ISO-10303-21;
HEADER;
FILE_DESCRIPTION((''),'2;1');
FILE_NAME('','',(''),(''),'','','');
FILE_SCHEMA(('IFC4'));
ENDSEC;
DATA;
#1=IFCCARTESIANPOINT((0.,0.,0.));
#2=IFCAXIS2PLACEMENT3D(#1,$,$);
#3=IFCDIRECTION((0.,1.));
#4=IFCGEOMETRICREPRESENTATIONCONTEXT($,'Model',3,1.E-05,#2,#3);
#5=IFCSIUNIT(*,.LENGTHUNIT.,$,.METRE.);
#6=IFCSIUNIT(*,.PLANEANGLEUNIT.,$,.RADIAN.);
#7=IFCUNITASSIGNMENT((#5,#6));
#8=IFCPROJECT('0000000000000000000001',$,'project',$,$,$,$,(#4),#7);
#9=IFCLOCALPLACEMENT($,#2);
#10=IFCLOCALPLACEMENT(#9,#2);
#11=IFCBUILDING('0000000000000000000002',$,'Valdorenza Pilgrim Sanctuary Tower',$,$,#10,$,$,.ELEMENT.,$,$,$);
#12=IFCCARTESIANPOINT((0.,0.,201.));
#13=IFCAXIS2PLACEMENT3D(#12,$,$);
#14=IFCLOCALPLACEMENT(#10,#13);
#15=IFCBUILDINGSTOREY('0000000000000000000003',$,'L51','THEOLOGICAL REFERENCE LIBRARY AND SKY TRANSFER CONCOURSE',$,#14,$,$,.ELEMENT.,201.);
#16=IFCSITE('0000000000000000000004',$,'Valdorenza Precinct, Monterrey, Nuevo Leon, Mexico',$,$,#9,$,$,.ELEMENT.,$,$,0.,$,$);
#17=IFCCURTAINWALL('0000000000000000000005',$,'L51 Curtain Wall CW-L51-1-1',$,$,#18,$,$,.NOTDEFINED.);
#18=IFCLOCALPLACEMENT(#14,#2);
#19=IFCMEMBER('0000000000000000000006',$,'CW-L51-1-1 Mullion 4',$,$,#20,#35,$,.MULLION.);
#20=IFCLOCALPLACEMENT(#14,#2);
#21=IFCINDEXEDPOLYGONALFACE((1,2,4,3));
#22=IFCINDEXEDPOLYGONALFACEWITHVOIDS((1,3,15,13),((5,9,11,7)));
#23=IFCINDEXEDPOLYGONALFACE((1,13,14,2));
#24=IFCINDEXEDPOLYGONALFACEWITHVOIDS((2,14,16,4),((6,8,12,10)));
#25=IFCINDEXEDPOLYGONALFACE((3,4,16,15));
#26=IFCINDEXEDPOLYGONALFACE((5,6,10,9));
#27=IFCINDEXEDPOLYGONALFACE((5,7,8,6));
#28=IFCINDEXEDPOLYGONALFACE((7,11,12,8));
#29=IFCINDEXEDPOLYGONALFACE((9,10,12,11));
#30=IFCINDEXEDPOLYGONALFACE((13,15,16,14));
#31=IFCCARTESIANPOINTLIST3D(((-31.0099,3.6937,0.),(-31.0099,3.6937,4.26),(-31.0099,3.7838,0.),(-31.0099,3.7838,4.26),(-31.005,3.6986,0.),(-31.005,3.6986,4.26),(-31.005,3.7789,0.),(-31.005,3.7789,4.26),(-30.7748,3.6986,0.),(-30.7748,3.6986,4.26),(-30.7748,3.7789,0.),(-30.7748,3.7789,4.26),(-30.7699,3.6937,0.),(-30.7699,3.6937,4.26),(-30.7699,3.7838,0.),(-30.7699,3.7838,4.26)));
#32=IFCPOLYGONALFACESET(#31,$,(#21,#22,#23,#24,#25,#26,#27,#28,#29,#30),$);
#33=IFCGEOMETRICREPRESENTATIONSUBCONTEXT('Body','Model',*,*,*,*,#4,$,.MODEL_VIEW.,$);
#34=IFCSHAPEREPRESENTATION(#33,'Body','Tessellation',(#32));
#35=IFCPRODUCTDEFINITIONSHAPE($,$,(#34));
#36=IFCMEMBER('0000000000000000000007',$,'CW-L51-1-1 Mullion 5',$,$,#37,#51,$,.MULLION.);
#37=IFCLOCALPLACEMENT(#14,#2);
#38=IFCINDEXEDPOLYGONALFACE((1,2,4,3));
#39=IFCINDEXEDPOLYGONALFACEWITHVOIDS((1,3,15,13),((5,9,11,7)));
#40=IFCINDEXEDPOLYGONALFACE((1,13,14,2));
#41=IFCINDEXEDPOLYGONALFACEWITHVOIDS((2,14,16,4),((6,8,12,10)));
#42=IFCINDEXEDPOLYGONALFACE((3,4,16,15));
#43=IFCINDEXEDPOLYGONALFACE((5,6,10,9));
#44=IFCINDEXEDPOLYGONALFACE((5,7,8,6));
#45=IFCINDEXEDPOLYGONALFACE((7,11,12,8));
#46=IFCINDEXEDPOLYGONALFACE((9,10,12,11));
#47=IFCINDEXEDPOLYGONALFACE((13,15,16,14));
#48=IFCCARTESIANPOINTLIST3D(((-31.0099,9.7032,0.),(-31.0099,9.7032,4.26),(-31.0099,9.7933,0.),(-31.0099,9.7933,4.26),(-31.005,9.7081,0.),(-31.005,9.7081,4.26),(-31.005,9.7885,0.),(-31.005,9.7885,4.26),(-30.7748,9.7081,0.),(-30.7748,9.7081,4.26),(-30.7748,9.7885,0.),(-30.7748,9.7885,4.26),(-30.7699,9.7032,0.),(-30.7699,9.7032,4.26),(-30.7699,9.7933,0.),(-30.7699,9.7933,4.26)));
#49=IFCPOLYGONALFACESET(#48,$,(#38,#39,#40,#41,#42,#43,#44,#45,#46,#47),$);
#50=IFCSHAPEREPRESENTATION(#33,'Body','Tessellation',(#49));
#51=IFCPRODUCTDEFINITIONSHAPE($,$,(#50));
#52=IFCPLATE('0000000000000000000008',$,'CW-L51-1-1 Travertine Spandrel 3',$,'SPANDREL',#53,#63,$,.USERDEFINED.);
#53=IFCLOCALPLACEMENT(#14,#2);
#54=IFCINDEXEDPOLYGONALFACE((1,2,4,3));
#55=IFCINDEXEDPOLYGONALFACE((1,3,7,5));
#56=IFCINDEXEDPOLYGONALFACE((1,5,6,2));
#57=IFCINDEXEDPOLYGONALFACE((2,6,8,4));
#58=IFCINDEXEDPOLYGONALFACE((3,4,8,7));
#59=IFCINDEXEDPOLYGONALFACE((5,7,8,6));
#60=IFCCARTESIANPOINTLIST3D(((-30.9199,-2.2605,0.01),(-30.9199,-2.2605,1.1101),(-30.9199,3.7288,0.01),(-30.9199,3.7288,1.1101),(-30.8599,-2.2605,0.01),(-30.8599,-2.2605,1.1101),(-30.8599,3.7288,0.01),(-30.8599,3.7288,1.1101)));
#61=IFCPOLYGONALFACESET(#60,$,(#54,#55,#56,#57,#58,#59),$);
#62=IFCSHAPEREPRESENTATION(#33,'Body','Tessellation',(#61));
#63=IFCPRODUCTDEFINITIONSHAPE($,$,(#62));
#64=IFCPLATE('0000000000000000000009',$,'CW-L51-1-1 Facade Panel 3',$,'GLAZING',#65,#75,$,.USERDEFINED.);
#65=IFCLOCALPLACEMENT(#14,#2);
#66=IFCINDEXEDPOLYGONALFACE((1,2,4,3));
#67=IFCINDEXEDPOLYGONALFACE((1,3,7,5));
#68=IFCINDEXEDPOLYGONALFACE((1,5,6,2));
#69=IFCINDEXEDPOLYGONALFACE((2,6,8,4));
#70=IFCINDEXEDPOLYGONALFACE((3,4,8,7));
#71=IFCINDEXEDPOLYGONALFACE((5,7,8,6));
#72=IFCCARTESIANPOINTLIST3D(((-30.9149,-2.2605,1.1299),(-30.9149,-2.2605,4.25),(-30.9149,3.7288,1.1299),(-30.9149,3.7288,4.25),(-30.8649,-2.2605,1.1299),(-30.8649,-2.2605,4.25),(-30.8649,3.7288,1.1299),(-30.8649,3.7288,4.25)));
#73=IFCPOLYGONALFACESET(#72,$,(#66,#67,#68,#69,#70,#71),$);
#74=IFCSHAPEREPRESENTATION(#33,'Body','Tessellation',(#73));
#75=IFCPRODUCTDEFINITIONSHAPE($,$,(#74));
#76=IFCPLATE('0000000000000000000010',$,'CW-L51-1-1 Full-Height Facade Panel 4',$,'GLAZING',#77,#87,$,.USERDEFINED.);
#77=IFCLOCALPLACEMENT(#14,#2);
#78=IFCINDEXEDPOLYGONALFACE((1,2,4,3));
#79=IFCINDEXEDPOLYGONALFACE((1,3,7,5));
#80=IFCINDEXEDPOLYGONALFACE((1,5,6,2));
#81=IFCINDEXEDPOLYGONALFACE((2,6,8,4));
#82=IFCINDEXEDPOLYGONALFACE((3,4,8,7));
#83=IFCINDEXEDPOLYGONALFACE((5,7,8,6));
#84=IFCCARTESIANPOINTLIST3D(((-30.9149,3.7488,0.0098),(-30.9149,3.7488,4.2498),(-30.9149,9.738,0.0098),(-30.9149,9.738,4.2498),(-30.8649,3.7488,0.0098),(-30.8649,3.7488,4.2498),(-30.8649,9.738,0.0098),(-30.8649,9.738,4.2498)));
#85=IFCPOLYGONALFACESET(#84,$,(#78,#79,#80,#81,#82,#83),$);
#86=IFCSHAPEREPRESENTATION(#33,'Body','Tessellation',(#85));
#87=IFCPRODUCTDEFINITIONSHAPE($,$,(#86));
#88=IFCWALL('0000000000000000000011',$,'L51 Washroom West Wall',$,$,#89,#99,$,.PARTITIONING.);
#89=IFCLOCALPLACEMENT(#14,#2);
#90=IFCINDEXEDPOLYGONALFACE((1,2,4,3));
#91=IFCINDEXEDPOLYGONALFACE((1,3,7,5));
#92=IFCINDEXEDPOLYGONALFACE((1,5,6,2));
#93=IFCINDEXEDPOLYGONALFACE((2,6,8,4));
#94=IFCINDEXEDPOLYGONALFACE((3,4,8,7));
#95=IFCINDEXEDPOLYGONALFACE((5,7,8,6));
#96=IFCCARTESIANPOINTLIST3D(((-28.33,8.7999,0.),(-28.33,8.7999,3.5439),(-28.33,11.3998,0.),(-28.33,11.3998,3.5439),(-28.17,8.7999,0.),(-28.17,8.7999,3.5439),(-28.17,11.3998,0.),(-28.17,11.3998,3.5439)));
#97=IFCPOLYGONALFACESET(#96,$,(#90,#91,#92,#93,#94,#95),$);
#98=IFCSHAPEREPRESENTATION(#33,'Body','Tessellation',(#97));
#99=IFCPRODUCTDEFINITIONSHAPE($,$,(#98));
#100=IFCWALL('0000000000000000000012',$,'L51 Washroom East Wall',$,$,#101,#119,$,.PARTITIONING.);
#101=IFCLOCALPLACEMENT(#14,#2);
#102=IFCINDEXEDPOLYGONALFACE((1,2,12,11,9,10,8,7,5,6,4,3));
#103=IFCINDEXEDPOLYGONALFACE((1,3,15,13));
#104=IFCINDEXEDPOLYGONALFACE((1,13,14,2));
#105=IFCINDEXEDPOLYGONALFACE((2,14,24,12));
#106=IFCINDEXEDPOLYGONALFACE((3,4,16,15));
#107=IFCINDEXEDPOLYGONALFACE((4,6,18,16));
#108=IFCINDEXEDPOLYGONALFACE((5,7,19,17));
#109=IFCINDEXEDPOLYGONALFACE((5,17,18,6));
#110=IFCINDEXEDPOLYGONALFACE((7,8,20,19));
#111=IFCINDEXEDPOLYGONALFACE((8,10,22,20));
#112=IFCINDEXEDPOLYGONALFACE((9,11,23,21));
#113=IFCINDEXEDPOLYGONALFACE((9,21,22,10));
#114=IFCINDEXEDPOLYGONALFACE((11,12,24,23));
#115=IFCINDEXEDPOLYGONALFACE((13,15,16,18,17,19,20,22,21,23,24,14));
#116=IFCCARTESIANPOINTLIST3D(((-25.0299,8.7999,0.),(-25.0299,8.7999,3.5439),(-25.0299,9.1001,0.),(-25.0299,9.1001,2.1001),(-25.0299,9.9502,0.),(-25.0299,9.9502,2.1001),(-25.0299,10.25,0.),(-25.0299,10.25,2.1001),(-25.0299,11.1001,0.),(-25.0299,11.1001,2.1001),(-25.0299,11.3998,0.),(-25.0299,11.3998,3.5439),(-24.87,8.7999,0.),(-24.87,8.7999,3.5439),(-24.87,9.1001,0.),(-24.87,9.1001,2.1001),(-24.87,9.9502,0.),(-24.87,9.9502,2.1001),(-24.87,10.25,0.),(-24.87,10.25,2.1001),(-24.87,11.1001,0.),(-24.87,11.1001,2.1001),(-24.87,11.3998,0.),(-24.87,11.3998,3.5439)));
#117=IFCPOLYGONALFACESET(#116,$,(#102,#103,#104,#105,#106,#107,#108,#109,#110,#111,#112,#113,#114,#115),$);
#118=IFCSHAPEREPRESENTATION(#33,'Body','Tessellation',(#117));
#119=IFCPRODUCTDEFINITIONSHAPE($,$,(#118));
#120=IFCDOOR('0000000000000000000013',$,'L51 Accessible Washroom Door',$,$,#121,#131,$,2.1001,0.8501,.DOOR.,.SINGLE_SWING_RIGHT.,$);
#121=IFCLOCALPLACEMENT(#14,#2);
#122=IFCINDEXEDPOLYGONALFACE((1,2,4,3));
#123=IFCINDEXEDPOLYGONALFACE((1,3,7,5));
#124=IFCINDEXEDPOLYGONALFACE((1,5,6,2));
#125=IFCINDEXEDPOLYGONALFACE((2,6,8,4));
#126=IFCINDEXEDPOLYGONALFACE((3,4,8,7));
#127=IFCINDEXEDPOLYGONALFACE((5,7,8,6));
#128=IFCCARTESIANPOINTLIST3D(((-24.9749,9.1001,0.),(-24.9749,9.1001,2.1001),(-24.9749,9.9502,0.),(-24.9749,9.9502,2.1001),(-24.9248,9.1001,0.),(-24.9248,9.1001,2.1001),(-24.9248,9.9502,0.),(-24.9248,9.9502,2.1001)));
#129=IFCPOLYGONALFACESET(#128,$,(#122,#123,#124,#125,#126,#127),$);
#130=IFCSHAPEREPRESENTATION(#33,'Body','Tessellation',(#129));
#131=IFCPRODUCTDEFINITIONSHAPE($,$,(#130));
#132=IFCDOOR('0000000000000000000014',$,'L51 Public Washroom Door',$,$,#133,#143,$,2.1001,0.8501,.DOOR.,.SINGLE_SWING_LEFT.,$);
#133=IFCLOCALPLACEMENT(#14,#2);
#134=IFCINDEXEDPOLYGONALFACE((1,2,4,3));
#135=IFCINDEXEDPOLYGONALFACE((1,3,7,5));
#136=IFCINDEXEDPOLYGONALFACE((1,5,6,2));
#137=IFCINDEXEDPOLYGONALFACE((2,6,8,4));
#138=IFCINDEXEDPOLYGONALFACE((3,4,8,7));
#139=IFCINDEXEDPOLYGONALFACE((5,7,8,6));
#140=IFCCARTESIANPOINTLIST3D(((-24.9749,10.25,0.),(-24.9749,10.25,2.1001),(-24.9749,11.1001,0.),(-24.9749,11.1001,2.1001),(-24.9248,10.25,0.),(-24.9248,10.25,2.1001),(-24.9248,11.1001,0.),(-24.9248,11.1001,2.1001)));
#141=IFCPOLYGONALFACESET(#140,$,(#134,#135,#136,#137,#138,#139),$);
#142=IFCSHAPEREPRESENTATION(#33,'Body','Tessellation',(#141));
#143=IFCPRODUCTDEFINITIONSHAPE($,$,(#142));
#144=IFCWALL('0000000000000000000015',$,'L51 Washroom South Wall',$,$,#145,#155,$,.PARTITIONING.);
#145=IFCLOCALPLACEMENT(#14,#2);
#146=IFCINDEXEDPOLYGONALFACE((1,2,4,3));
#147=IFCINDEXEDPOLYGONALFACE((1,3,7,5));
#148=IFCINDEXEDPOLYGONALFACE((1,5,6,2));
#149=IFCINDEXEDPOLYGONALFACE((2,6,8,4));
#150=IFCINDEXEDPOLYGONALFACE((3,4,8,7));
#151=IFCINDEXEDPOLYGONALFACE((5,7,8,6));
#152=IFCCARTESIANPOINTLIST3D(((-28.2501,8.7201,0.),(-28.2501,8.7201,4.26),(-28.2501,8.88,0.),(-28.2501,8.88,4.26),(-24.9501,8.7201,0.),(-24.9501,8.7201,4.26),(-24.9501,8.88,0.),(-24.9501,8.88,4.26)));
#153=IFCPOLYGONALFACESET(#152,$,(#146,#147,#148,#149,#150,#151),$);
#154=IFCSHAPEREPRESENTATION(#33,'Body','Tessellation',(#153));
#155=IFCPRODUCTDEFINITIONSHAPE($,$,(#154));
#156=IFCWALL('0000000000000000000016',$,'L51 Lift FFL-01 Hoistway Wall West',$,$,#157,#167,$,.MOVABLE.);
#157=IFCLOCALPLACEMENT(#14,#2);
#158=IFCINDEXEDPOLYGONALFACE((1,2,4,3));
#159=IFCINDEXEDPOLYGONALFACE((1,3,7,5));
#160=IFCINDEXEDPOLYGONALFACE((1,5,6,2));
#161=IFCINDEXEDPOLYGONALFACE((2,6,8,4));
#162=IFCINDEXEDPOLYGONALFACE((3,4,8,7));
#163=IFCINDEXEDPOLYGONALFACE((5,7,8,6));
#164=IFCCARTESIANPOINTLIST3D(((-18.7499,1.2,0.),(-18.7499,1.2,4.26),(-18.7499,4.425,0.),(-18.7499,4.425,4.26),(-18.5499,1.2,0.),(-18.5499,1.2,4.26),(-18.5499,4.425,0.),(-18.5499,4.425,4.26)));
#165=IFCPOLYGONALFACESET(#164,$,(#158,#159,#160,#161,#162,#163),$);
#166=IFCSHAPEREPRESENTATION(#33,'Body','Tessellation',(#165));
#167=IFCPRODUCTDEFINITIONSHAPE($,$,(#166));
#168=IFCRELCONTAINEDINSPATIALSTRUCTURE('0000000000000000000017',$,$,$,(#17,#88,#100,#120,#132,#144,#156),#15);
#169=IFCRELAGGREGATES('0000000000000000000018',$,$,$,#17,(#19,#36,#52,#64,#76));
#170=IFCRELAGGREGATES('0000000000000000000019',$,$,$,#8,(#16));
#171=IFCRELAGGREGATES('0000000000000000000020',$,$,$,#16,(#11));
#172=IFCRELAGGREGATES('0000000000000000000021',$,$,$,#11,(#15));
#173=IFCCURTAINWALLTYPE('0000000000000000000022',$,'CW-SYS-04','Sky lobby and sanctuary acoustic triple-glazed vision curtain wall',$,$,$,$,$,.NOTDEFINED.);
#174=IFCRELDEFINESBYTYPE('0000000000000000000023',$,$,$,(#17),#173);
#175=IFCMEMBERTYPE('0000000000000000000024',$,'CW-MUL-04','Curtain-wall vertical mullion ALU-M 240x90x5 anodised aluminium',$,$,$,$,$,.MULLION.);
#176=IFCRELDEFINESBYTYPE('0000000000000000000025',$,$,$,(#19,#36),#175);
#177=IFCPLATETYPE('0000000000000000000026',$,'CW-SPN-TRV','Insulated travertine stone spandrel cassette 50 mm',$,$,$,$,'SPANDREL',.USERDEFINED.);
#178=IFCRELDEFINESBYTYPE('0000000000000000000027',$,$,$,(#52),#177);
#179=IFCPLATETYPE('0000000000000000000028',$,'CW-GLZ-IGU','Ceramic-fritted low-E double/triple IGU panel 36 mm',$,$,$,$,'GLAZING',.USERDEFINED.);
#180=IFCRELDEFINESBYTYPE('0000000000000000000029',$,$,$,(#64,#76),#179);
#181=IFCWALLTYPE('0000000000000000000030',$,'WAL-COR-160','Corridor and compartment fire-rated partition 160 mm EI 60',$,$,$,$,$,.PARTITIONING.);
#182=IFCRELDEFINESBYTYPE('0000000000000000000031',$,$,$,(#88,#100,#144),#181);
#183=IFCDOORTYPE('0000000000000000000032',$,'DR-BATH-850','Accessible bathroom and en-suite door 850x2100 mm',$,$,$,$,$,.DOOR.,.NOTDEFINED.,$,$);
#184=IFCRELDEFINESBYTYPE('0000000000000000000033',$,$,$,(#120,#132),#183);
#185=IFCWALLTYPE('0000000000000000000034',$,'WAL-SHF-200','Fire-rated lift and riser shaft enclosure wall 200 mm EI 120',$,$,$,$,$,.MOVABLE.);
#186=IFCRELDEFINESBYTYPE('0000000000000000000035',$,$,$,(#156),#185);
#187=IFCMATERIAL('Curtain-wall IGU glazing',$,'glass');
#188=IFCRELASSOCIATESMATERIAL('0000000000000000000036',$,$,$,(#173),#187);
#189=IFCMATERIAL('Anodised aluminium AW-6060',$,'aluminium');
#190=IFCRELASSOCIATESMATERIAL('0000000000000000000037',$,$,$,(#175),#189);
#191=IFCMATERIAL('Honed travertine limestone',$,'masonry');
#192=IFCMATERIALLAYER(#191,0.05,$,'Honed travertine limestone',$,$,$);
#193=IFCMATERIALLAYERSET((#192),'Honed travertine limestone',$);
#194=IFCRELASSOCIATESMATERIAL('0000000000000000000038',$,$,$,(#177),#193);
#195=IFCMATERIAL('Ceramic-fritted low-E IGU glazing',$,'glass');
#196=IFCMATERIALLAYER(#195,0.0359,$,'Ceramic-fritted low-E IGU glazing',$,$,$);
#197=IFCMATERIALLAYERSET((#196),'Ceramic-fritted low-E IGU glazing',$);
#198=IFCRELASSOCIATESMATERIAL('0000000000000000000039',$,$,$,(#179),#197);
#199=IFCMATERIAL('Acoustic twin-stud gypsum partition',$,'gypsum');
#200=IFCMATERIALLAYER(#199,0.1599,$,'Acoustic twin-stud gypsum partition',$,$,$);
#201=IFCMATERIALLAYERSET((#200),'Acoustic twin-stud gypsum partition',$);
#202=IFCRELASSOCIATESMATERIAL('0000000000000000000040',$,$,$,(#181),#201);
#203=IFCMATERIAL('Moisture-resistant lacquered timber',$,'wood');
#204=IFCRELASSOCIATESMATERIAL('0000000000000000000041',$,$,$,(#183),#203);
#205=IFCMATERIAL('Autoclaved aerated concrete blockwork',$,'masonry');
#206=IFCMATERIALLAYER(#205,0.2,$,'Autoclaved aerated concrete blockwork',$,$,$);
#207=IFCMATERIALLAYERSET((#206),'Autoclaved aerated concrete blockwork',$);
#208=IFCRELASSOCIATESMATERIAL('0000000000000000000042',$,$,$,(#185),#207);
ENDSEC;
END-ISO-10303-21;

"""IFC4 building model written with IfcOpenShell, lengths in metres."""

from ifc_helpers import new_model, si_unit, direction, frame, frame_2d, origin, origin_2d, place, context, subcontext, project, spatial, rectangle, hollow_rectangle, extrude, source, transform, mapped, material, layer, layer_set, material_profile, profile_set, type_object, element, fill, aggregate, save


model = new_model("IFC4")

# Units and contexts
model_context = context("Model", 3, precision=1e-05, world=origin(), true_north=direction((0.0, 1.0)))
body_context = subcontext(model_context, "Body", "Model", "MODEL_VIEW")
ifc_project = project(units=[si_unit("LENGTHUNIT", "METRE"), si_unit("PLANEANGLEUNIT", "RADIAN")], contexts=[model_context])

# Site, building, storey
site_placement = place(None, origin())
site = spatial("IfcSite", under=ifc_project, at=site_placement, Name="Valdorenza Precinct, Monterrey, Nuevo Leon, Mexico", CompositionType="ELEMENT", RefElevation=0.0)
building_placement = place(site_placement, origin())
building = spatial("IfcBuilding", under=site, at=building_placement, Name="Valdorenza Pilgrim Sanctuary Tower", CompositionType="ELEMENT")
storey_placement = place(building_placement, frame((0.0, 0.0, 201.0)))
storey = spatial("IfcBuildingStorey", under=building, at=storey_placement, Name="L51", Description="THEOLOGICAL REFERENCE LIBRARY AND SKY TRANSFER CONCOURSE", CompositionType="ELEMENT", Elevation=201.0)

# Curtain wall, members, plates
ifc_material_1 = material(Name="Curtain-wall IGU glazing", Category="glass")
curtain_wall_type = type_object("IfcCurtainWallType", Name="CW-SYS-04", Description="Sky lobby and sanctuary acoustic triple-glazed vision curtain wall", PredefinedType="NOTDEFINED", material=ifc_material_1)
curtain_wall_placement = place(storey_placement, origin())
curtain_wall = element("IfcCurtainWall", 1, at=curtain_wall_placement, inside=storey, type_object=curtain_wall_type, Name="L51 Curtain Wall CW-L51-1-1", PredefinedType="NOTDEFINED")
ifc_material_2 = material(Name="Anodised aluminium AW-6060", Category="aluminium")
ifc_material_profile_1 = material_profile(ifc_material_2, hollow_rectangle(XDim=0.0901, YDim=0.24, WallThickness=0.0049, at=origin_2d()), Name="ALU-M 240x90x5")
ifc_profile_set_1 = profile_set([ifc_material_profile_1], Name="Anodised aluminium AW-6060")
member_type = type_object("IfcMemberType", Name="CW-MUL-04", Description="Curtain-wall vertical mullion ALU-M 240x90x5 anodised aluminium", PredefinedType="MULLION", material=ifc_profile_set_1)
shared_shape_1 = source(origin(), body_context, "Body", "SweptSolid", [
    extrude(hollow_rectangle(XDim=0.0901, YDim=0.24, WallThickness=0.0049, at=origin_2d()), origin(), (0.0, 0.0, 1.0), 4.26),
])
member_1_placement = place(storey_placement, frame((-30.8899, 3.7388, 0.0), z_axis=(0.0, 0.0, 1.0), x_axis=(0.0, 1.0, 0.0)))
member_1 = element("IfcMember", 2, at=member_1_placement, type_object=member_type, Name="CW-L51-1-1 Mullion 4", PredefinedType="MULLION", context=body_context, shape_type="MappedRepresentation", body=[
    mapped(shared_shape_1, transform((0.0, 0.0, 0.0), x_axis=(1.0, 0.0, 0.0), y_axis=(0.0, 1.0, 0.0), z_axis=(0.0, 0.0, 1.0), scale=1.0)),
])
member_2_placement = place(storey_placement, frame((-30.8899, 9.7483, 0.0), z_axis=(0.0, 0.0, 1.0), x_axis=(0.0, 1.0, 0.0)))
member_2 = element("IfcMember", 3, at=member_2_placement, type_object=member_type, Name="CW-L51-1-1 Mullion 5", PredefinedType="MULLION", context=body_context, shape_type="MappedRepresentation", body=[
    mapped(shared_shape_1, transform((0.0, 0.0, 0.0), x_axis=(1.0, 0.0, 0.0), y_axis=(0.0, 1.0, 0.0), z_axis=(0.0, 0.0, 1.0), scale=1.0)),
])
ifc_material_3 = material(Name="Honed travertine limestone", Category="masonry")
ifc_layer_1 = layer(ifc_material_3, 0.05, Name="Honed travertine limestone")
ifc_layer_set_1 = layer_set([ifc_layer_1], Name="Honed travertine limestone")
plate_type_1 = type_object("IfcPlateType", Name="CW-SPN-TRV", Description="Insulated travertine stone spandrel cassette 50 mm", ElementType="SPANDREL", PredefinedType="USERDEFINED", material=ifc_layer_set_1)
shared_shape_2 = source(origin(), body_context, "Body", "SweptSolid", [
    extrude(rectangle(XDim=5.9893, YDim=0.0601, at=origin_2d()), origin(), (0.0, 0.0, 1.0), 1.1001),
])
plate_1_placement = place(storey_placement, frame((-30.8899, 0.7341, 0.01), z_axis=(0.0, 0.0, 1.0), x_axis=(0.0, 1.0, 0.0)))
plate_1 = element("IfcPlate", 4, at=plate_1_placement, type_object=plate_type_1, Name="CW-L51-1-1 Travertine Spandrel 3", ObjectType="SPANDREL", PredefinedType="USERDEFINED", context=body_context, shape_type="MappedRepresentation", body=[
    mapped(shared_shape_2, transform((0.0, 0.0, 0.0), x_axis=(1.0, 0.0, 0.0), y_axis=(0.0, 1.0, 0.0), z_axis=(0.0, 0.0, 1.0), scale=1.0)),
])
ifc_material_4 = material(Name="Ceramic-fritted low-E IGU glazing", Category="glass")
ifc_layer_2 = layer(ifc_material_4, 0.0359, Name="Ceramic-fritted low-E IGU glazing")
ifc_layer_set_2 = layer_set([ifc_layer_2], Name="Ceramic-fritted low-E IGU glazing")
plate_type_2 = type_object("IfcPlateType", Name="CW-GLZ-IGU", Description="Ceramic-fritted low-E double/triple IGU panel 36 mm", ElementType="GLAZING", PredefinedType="USERDEFINED", material=ifc_layer_set_2)
shared_shape_3 = source(origin(), body_context, "Body", "SweptSolid", [
    extrude(rectangle(XDim=5.9893, YDim=0.05, at=origin_2d()), origin(), (0.0, 0.0, 1.0), 3.1201),
])
plate_2_placement = place(storey_placement, frame((-30.8899, 0.7341, 1.1299), z_axis=(0.0, 0.0, 1.0), x_axis=(0.0, 1.0, 0.0)))
plate_2 = element("IfcPlate", 5, at=plate_2_placement, type_object=plate_type_2, Name="CW-L51-1-1 Facade Panel 3", ObjectType="GLAZING", PredefinedType="USERDEFINED", context=body_context, shape_type="MappedRepresentation", body=[
    mapped(shared_shape_3, transform((0.0, 0.0, 0.0), x_axis=(1.0, 0.0, 0.0), y_axis=(0.0, 1.0, 0.0), z_axis=(0.0, 0.0, 1.0), scale=1.0)),
])
shared_shape_4 = source(origin(), body_context, "Body", "SweptSolid", [
    extrude(rectangle(XDim=5.9893, YDim=0.05, at=origin_2d()), origin(), (0.0, 0.0, 1.0), 4.24),
])
plate_3_placement = place(storey_placement, frame((-30.8899, 6.7434, 0.0098), z_axis=(0.0, 0.0, 1.0), x_axis=(0.0, 1.0, 0.0)))
plate_3 = element("IfcPlate", 6, at=plate_3_placement, type_object=plate_type_2, Name="CW-L51-1-1 Full-Height Facade Panel 4", ObjectType="GLAZING", PredefinedType="USERDEFINED", context=body_context, shape_type="MappedRepresentation", body=[
    mapped(shared_shape_4, transform((0.0, 0.0, 0.0), x_axis=(1.0, 0.0, 0.0), y_axis=(0.0, 1.0, 0.0), z_axis=(0.0, 0.0, 1.0), scale=1.0)),
])
aggregate(curtain_wall, [member_1, member_2, plate_1, plate_2, plate_3])

# Wall
ifc_material_5 = material(Name="Acoustic twin-stud gypsum partition", Category="gypsum")
ifc_layer_3 = layer(ifc_material_5, 0.1599, Name="Acoustic twin-stud gypsum partition")
ifc_layer_set_3 = layer_set([ifc_layer_3], Name="Acoustic twin-stud gypsum partition")
wall_type_1 = type_object("IfcWallType", Name="WAL-COR-160", Description="Corridor and compartment fire-rated partition 160 mm EI 60", PredefinedType="PARTITIONING", material=ifc_layer_set_3)
wall_1_placement = place(storey_placement, frame((-28.25, 8.8, 0.0), z_axis=(0.0, 0.0, 1.0), x_axis=(0.0, 1.0, 0.0)))
element("IfcWall", 7, at=wall_1_placement, inside=storey, type_object=wall_type_1, Name="L51 Washroom West Wall", PredefinedType="PARTITIONING", context=body_context, shape_type="SweptSolid", body=[
    extrude(rectangle(XDim=2.5999, YDim=0.1599, at=frame_2d((1.2998, 0.0))), origin(), (0.0, 0.0, 1.0), 3.5439),
])

# Wall, openings, doors
wall_2_placement = place(storey_placement, frame((-24.95, 8.8, 0.0), z_axis=(0.0, 0.0, 1.0), x_axis=(0.0, 1.0, 0.0)))
wall_2 = element("IfcWall", 8, at=wall_2_placement, inside=storey, type_object=wall_type_1, Name="L51 Washroom East Wall", PredefinedType="PARTITIONING", context=body_context, shape_type="SweptSolid", body=[
    extrude(rectangle(XDim=2.5999, YDim=0.1599, at=frame_2d((1.2998, 0.0))), origin(), (0.0, 0.0, 1.0), 3.5439),
])
opening_1_placement = place(wall_2_placement, frame((0.3, 0.0, 0.0)))
opening_1 = element("IfcOpeningElement", 9, at=opening_1_placement, cuts=wall_2, PredefinedType="OPENING", context=body_context, shape_type="SweptSolid", body=[
    extrude(rectangle(XDim=0.8501, YDim=2.1001, at=frame_2d((0.425, 1.05))), frame((0.0, 0.0947, 0.0), z_axis=(0.0, -1.0, 0.0), x_axis=(1.0, 0.0, 0.0)), (0.0, 0.0, 1.0), 0.1897),
])
opening_2_placement = place(wall_2_placement, frame((1.45, 0.0, 0.0)))
opening_2 = element("IfcOpeningElement", 10, at=opening_2_placement, cuts=wall_2, PredefinedType="OPENING", context=body_context, shape_type="SweptSolid", body=[
    extrude(rectangle(XDim=0.8501, YDim=2.1001, at=frame_2d((0.425, 1.05))), frame((0.0, 0.0947, 0.0), z_axis=(0.0, -1.0, 0.0), x_axis=(1.0, 0.0, 0.0)), (0.0, 0.0, 1.0), 0.1897),
])
ifc_material_6 = material(Name="Moisture-resistant lacquered timber", Category="wood")
door_type_1 = type_object("IfcDoorType", Name="DR-BATH-850", Description="Accessible bathroom and en-suite door 850x2100 mm", OperationType="NOTDEFINED", PredefinedType="DOOR", material=ifc_material_6)
door_1_placement = place(opening_1_placement, origin())
door_1 = element("IfcDoor", 11, at=door_1_placement, inside=storey, type_object=door_type_1, Name="L51 Accessible Washroom Door", OperationType="SINGLE_SWING_RIGHT", OverallHeight=2.1001, OverallWidth=0.8501, PredefinedType="DOOR", context=body_context, shape_type="SweptSolid", body=[
    extrude(rectangle(XDim=0.8501, YDim=2.1001, at=frame_2d((0.425, 1.05))), frame((0.0, 0.0249, 0.0), z_axis=(0.0, -1.0, 0.0), x_axis=(1.0, 0.0, 0.0)), (0.0, 0.0, 1.0), 0.05),
])
fill(opening_1, door_1)
door_2_placement = place(opening_2_placement, origin())
door_2 = element("IfcDoor", 12, at=door_2_placement, inside=storey, type_object=door_type_1, Name="L51 Public Washroom Door", OperationType="SINGLE_SWING_LEFT", OverallHeight=2.1001, OverallWidth=0.8501, PredefinedType="DOOR", context=body_context, shape_type="SweptSolid", body=[
    extrude(rectangle(XDim=0.8501, YDim=2.1001, at=frame_2d((0.425, 1.05))), frame((0.0, 0.0249, 0.0), z_axis=(0.0, -1.0, 0.0), x_axis=(1.0, 0.0, 0.0)), (0.0, 0.0, 1.0), 0.05),
])
fill(opening_2, door_2)

# Walls
wall_3_placement = place(storey_placement, frame((-28.25, 8.8, 0.0), z_axis=(0.0, 0.0, 1.0), x_axis=(1.0, 0.0, 0.0)))
element("IfcWall", 13, at=wall_3_placement, inside=storey, type_object=wall_type_1, Name="L51 Washroom South Wall", PredefinedType="PARTITIONING", context=body_context, shape_type="SweptSolid", body=[
    extrude(rectangle(XDim=3.3, YDim=0.1599, at=frame_2d((1.6499, 0.0))), origin(), (0.0, 0.0, 1.0), 4.26),
])
ifc_material_7 = material(Name="Autoclaved aerated concrete blockwork", Category="masonry")
ifc_layer_4 = layer(ifc_material_7, 0.2, Name="Autoclaved aerated concrete blockwork")
ifc_layer_set_4 = layer_set([ifc_layer_4], Name="Autoclaved aerated concrete blockwork")
wall_type_2 = type_object("IfcWallType", Name="WAL-SHF-200", Description="Fire-rated lift and riser shaft enclosure wall 200 mm EI 120", PredefinedType="MOVABLE", material=ifc_layer_set_4)
wall_4_placement = place(storey_placement, frame((-18.6499, 1.2, 0.0), z_axis=(0.0, 0.0, 1.0), x_axis=(0.0, 1.0, 0.0)))
element("IfcWall", 14, at=wall_4_placement, inside=storey, type_object=wall_type_2, Name="L51 Lift FFL-01 Hoistway Wall West", PredefinedType="MOVABLE", context=body_context, shape_type="SweptSolid", body=[
    extrude(rectangle(XDim=3.2251, YDim=0.2, at=frame_2d((1.6125, 0.0))), origin(), (0.0, 0.0, 1.0), 4.26),
])

save(model, "model.ifc")
